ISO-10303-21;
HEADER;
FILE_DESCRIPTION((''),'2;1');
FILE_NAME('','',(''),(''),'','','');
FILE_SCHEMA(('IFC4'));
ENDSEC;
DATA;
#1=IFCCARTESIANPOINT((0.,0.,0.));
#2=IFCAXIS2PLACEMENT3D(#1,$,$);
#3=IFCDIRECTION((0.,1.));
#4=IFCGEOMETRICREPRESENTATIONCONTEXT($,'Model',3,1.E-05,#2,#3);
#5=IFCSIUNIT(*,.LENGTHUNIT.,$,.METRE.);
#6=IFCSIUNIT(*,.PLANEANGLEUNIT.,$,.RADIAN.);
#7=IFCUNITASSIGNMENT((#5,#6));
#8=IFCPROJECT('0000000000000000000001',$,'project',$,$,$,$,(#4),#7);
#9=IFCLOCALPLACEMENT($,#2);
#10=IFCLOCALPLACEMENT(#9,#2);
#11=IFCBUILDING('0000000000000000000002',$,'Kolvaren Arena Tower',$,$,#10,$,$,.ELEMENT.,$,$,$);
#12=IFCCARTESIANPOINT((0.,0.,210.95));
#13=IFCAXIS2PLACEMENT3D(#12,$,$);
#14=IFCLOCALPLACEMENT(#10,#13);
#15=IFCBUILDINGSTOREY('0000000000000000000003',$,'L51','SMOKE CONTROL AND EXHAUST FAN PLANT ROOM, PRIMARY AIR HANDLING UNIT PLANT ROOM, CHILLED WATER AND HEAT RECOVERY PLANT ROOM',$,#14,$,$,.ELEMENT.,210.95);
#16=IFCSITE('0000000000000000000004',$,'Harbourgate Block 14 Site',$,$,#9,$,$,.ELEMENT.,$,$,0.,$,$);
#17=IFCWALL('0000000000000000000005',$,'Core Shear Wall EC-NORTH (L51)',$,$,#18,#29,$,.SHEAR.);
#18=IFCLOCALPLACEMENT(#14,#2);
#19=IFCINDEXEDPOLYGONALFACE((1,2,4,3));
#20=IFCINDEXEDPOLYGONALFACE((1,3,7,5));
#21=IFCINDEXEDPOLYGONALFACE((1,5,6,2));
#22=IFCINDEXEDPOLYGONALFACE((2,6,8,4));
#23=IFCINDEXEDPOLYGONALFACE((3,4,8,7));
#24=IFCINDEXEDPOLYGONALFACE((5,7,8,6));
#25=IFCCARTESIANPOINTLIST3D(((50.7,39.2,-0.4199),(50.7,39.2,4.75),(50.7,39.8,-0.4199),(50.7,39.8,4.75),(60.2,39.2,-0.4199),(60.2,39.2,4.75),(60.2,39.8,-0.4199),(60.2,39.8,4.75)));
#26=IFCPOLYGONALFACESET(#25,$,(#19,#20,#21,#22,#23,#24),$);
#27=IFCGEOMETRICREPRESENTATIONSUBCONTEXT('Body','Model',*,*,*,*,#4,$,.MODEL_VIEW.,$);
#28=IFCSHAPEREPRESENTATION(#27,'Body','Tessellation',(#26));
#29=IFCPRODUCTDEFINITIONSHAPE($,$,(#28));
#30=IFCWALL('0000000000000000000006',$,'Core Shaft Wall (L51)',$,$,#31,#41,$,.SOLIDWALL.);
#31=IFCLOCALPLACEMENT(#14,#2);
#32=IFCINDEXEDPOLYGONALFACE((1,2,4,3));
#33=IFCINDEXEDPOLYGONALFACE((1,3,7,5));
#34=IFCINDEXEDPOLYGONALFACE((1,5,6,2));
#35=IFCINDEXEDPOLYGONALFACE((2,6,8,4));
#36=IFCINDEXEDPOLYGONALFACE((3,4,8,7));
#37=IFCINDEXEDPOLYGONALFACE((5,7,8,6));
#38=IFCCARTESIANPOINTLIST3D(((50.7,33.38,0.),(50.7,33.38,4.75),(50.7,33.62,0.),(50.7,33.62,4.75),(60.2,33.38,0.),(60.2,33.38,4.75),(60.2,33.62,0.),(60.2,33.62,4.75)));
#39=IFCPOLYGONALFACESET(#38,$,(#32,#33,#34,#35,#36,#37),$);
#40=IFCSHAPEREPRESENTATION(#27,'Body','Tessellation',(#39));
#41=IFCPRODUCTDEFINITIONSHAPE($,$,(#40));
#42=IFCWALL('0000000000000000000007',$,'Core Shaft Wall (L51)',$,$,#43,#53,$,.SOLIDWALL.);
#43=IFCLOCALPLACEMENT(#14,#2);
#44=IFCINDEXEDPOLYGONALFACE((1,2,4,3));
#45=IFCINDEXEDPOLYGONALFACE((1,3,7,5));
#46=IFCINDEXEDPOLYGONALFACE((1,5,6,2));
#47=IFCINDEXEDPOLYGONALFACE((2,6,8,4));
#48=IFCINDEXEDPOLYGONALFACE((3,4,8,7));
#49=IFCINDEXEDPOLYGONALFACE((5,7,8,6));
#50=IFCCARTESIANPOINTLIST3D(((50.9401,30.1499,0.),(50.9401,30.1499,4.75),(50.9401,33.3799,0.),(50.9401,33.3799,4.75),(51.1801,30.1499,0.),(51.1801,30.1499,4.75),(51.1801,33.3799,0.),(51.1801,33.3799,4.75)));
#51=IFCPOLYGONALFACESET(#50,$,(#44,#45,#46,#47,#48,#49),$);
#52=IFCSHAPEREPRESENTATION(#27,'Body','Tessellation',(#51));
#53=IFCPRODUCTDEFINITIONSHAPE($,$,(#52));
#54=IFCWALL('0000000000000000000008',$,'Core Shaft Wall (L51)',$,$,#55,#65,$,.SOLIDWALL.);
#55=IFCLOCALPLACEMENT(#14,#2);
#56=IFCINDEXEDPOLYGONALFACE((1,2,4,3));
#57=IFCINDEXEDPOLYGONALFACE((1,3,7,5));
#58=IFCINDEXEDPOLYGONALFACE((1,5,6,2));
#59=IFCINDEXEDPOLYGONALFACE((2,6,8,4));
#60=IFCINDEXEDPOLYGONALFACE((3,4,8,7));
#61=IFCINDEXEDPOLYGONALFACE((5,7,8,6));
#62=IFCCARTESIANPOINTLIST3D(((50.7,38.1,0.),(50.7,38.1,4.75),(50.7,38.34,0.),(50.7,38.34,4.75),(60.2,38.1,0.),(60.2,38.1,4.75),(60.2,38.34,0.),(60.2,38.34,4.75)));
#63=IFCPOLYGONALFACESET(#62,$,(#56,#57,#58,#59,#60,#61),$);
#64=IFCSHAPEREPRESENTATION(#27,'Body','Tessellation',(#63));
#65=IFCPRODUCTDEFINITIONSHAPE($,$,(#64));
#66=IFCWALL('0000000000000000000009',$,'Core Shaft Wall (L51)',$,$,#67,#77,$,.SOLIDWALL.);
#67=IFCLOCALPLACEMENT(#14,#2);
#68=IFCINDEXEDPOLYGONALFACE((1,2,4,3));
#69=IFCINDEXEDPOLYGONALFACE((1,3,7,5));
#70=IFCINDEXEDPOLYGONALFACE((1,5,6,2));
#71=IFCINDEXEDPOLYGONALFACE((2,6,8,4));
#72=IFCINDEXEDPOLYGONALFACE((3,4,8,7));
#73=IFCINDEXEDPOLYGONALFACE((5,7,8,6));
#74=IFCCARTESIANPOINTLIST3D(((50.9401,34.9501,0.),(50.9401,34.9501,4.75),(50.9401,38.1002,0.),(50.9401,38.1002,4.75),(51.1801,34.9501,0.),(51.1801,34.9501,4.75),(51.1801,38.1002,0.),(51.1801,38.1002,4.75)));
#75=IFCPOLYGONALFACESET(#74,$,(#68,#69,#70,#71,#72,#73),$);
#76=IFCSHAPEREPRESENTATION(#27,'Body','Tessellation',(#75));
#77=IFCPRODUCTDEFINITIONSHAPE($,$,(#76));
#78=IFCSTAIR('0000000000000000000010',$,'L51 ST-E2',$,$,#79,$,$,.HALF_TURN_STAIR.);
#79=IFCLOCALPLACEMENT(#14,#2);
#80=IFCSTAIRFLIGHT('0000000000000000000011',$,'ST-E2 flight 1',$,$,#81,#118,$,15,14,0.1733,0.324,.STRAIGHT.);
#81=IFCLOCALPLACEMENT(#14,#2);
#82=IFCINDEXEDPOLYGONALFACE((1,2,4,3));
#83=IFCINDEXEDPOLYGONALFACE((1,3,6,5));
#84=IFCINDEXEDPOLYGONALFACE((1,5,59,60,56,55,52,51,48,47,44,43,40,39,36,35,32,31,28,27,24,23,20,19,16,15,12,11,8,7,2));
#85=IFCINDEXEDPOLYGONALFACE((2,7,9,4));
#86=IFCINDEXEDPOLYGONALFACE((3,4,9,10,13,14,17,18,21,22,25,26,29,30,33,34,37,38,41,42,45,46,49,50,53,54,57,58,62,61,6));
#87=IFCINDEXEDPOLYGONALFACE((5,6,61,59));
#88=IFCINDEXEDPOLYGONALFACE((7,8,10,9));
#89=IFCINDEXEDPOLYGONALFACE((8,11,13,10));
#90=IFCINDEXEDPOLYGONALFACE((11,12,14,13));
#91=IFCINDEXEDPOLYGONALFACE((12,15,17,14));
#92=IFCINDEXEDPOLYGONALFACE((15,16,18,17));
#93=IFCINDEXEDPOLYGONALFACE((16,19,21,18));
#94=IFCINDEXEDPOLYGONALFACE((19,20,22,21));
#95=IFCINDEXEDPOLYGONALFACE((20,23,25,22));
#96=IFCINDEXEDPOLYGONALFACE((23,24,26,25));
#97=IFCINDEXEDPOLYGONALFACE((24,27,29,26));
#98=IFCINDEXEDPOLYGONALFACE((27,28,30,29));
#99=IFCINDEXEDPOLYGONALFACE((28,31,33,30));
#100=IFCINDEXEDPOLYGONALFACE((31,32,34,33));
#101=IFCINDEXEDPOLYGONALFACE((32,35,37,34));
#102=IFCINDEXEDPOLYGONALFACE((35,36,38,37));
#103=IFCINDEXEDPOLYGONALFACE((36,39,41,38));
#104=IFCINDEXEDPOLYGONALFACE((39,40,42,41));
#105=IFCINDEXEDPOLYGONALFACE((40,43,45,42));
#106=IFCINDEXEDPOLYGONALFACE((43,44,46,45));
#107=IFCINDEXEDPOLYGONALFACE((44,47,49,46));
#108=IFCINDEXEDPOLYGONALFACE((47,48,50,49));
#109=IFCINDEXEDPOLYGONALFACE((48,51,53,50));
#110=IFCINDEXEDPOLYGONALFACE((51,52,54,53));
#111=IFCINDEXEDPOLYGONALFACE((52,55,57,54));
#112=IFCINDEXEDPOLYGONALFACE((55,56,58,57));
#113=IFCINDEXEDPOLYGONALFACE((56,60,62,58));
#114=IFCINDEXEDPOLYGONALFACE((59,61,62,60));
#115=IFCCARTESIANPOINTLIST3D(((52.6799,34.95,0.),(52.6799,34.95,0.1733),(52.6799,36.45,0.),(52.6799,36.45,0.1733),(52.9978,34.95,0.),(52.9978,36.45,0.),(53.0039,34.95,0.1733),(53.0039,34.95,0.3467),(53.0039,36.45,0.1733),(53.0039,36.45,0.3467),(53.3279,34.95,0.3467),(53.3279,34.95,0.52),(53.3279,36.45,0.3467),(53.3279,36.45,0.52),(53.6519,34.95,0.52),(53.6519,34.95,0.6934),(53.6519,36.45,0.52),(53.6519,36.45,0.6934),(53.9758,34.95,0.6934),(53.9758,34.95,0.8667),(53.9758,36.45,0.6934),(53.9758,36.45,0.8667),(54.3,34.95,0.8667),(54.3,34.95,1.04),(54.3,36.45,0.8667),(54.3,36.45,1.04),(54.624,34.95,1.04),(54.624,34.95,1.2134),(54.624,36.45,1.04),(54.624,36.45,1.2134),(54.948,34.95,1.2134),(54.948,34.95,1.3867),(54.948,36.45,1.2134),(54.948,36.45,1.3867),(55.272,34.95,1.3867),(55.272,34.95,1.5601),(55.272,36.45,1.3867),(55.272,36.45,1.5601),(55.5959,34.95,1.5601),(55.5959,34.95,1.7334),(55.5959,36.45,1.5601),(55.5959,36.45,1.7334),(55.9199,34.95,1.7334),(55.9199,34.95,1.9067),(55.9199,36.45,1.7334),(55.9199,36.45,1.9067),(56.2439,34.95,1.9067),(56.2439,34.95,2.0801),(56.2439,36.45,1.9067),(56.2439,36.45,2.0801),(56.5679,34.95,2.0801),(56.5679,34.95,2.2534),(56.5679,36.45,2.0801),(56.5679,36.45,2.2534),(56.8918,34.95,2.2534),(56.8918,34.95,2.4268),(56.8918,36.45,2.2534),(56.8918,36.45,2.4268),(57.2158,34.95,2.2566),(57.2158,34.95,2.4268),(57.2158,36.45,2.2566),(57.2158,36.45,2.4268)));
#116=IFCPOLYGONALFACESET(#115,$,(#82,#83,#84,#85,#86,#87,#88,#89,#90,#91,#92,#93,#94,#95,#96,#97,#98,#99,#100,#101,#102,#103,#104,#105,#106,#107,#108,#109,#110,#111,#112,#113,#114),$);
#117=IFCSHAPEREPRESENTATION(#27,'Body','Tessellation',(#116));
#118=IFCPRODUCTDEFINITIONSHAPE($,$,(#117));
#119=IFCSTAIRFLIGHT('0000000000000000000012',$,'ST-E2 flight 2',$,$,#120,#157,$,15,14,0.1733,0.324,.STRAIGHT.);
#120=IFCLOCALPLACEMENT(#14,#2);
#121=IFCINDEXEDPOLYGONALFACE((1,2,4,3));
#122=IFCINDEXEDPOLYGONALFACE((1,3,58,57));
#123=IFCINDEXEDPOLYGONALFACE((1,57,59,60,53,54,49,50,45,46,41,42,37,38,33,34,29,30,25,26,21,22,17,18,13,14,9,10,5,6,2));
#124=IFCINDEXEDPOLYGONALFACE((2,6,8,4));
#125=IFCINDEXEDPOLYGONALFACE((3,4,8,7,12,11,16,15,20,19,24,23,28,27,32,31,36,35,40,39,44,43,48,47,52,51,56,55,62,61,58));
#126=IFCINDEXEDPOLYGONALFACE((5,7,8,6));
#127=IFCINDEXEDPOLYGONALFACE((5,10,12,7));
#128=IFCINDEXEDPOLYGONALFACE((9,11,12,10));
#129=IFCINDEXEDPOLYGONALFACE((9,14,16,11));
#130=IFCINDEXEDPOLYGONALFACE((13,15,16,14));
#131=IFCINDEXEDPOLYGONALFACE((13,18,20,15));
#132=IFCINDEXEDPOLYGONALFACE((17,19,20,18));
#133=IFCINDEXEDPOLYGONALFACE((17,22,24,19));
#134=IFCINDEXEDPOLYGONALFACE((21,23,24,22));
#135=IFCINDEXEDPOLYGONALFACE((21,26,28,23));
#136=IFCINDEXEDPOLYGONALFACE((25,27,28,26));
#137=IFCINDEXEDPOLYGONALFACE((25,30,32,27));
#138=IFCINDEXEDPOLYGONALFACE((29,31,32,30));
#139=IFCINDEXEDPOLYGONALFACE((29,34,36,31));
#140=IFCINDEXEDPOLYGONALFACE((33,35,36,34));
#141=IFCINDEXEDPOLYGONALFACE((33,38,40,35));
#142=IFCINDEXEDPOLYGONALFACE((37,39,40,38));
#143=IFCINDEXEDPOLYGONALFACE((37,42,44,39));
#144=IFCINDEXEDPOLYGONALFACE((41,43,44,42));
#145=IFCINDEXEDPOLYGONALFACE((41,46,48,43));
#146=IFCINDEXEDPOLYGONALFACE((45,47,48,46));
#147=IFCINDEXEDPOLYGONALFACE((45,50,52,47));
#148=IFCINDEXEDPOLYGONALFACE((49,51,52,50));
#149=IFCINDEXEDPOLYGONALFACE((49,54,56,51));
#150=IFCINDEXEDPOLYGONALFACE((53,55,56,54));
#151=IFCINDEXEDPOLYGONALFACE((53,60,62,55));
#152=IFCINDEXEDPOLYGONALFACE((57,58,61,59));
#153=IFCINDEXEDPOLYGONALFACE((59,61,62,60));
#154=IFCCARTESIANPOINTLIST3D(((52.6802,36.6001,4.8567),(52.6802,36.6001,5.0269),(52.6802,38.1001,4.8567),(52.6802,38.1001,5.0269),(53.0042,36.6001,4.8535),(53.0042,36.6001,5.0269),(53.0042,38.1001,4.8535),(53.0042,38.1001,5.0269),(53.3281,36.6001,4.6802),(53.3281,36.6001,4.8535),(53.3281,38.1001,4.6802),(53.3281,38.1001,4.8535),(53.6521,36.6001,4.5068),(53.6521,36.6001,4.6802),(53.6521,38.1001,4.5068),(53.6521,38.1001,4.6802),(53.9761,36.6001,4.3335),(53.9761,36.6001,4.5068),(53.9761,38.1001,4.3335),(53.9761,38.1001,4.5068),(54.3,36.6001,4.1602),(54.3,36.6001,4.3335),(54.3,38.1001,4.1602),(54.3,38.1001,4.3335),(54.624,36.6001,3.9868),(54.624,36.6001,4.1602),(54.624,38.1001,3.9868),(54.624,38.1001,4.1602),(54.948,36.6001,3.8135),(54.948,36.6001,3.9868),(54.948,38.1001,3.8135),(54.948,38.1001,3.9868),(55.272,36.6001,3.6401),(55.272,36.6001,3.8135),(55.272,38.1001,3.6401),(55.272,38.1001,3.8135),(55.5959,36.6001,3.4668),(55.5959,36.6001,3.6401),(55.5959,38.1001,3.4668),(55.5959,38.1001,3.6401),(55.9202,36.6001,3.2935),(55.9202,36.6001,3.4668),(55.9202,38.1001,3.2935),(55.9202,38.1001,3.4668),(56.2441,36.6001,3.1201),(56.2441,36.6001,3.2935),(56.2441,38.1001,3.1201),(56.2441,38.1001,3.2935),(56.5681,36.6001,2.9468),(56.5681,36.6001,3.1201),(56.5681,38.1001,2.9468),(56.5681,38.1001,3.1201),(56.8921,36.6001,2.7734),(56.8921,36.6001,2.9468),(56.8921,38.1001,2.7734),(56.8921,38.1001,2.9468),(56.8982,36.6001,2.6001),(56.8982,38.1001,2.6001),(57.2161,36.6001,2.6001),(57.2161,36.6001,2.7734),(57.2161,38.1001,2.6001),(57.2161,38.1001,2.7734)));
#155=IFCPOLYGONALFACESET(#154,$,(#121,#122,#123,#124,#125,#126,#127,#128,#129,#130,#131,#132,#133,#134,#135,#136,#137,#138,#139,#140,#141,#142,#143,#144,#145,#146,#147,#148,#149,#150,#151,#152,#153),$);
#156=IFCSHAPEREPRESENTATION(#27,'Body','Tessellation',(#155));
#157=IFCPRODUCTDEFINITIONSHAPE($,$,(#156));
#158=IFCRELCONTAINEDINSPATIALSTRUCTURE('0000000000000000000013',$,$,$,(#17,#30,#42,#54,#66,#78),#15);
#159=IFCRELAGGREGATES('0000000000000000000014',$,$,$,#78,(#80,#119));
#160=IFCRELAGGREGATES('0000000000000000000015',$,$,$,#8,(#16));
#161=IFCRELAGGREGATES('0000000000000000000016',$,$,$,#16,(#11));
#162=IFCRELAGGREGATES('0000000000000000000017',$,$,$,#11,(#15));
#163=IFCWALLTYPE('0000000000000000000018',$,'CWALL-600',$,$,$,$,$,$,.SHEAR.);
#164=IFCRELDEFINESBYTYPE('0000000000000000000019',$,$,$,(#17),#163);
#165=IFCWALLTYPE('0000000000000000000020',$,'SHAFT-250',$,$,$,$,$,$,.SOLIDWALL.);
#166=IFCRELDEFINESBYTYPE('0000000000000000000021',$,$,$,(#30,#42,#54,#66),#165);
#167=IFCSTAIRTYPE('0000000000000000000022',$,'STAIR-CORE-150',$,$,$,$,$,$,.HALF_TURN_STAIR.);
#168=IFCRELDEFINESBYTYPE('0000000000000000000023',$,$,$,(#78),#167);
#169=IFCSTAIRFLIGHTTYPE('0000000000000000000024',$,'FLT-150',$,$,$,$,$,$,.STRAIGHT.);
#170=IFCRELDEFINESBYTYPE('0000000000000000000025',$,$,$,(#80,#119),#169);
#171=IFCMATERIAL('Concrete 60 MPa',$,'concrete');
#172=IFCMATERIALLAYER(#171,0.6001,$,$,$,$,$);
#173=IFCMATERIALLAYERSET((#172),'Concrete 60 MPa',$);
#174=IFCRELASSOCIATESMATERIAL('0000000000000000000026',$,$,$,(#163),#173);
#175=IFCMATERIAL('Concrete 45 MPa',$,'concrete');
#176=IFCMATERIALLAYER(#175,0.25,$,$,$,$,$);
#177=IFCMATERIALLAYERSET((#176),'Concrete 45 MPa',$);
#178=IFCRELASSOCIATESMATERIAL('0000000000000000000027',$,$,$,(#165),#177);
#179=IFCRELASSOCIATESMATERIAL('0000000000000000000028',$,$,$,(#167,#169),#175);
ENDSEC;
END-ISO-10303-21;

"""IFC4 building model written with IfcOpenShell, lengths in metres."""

from ifc_helpers import new_model, si_unit, direction, frame, frame_2d, origin, place, context, subcontext, project, spatial, polyline, rectangle, outline, extrude, material, layer, layer_set, type_object, element, aggregate, save


model = new_model("IFC4")

# Units and contexts
model_context = context("Model", 3, precision=1e-05, world=origin(), true_north=direction((0.0, 1.0)))
body_context = subcontext(model_context, "Body", "Model", "MODEL_VIEW")
ifc_project = project(units=[si_unit("LENGTHUNIT", "METRE"), si_unit("PLANEANGLEUNIT", "RADIAN")], contexts=[model_context])

# Site, building, storey
site_placement = place(None, origin())
site = spatial("IfcSite", under=ifc_project, at=site_placement, Name="Harbourgate Block 14 Site", CompositionType="ELEMENT", RefElevation=0.0)
building_placement = place(site_placement, origin())
building = spatial("IfcBuilding", under=site, at=building_placement, Name="Kolvaren Arena Tower", CompositionType="ELEMENT")
storey_placement = place(building_placement, frame((0.0, 0.0, 210.95)))
storey = spatial("IfcBuildingStorey", under=building, at=storey_placement, Name="L51", Description="SMOKE CONTROL AND EXHAUST FAN PLANT ROOM, PRIMARY AIR HANDLING UNIT PLANT ROOM, CHILLED WATER AND HEAT RECOVERY PLANT ROOM", CompositionType="ELEMENT", Elevation=210.95)

# Shared definitions
ifc_material_1 = material(Name="Concrete 60 MPa", Category="concrete")

# Walls
ifc_layer_1 = layer(ifc_material_1, 0.6001)
ifc_layer_set_1 = layer_set([ifc_layer_1], Name="Concrete 60 MPa")
wall_type_1 = type_object("IfcWallType", Name="CWALL-600", PredefinedType="SHEAR", material=ifc_layer_set_1)
wall_1_placement = place(storey_placement, frame((50.7, 39.5, -0.4199), z_axis=(0.0, 0.0, 1.0), x_axis=(1.0, 0.0, 0.0)))
element("IfcWall", 1, at=wall_1_placement, inside=storey, type_object=wall_type_1, Name="Core Shear Wall EC-NORTH (L51)", PredefinedType="SHEAR", context=body_context, shape_type="SweptSolid", body=[
    extrude(rectangle(XDim=9.5, YDim=0.6001, at=frame_2d((4.75, 0.0))), origin(), (0.0, 0.0, 1.0), 5.1699),
])
ifc_material_2 = material(Name="Concrete 45 MPa", Category="concrete")
ifc_layer_2 = layer(ifc_material_2, 0.25)
ifc_layer_set_2 = layer_set([ifc_layer_2], Name="Concrete 45 MPa")
wall_type_2 = type_object("IfcWallType", Name="SHAFT-250", PredefinedType="SOLIDWALL", material=ifc_layer_set_2)
wall_2_placement = place(storey_placement, frame((50.7, 33.5, 0.0), z_axis=(0.0, 0.0, 1.0), x_axis=(1.0, 0.0, 0.0)))
element("IfcWall", 2, at=wall_2_placement, inside=storey, type_object=wall_type_2, Name="Core Shaft Wall (L51)", PredefinedType="SOLIDWALL", context=body_context, shape_type="SweptSolid", body=[
    extrude(rectangle(XDim=9.5, YDim=0.24, at=frame_2d((4.75, 0.0))), origin(), (0.0, 0.0, 1.0), 4.75),
])
wall_3_placement = place(storey_placement, frame((51.0601, 30.1499, 0.0), z_axis=(0.0, 0.0, 1.0), x_axis=(0.0, 1.0, 0.0)))
element("IfcWall", 3, at=wall_3_placement, inside=storey, type_object=wall_type_2, Name="Core Shaft Wall (L51)", PredefinedType="SOLIDWALL", context=body_context, shape_type="SweptSolid", body=[
    extrude(rectangle(XDim=3.23, YDim=0.24, at=frame_2d((1.615, 0.0))), origin(), (0.0, 0.0, 1.0), 4.75),
])
wall_4_placement = place(storey_placement, frame((50.7, 38.22, 0.0), z_axis=(0.0, 0.0, 1.0), x_axis=(1.0, 0.0, 0.0)))
element("IfcWall", 4, at=wall_4_placement, inside=storey, type_object=wall_type_2, Name="Core Shaft Wall (L51)", PredefinedType="SOLIDWALL", context=body_context, shape_type="SweptSolid", body=[
    extrude(rectangle(XDim=9.5, YDim=0.24, at=frame_2d((4.75, 0.0))), origin(), (0.0, 0.0, 1.0), 4.75),
])
wall_5_placement = place(storey_placement, frame((51.0601, 34.95, 0.0), z_axis=(0.0, 0.0, 1.0), x_axis=(0.0, 1.0, 0.0)))
element("IfcWall", 5, at=wall_5_placement, inside=storey, type_object=wall_type_2, Name="Core Shaft Wall (L51)", PredefinedType="SOLIDWALL", context=body_context, shape_type="SweptSolid", body=[
    extrude(rectangle(XDim=3.1501, YDim=0.24, at=frame_2d((1.5752, 0.0))), origin(), (0.0, 0.0, 1.0), 4.75),
])

# Stair, stair flights
stair_type_1 = type_object("IfcStairType", Name="STAIR-CORE-150", PredefinedType="HALF_TURN_STAIR", material=ifc_material_2)
stair_1_placement = place(storey_placement, origin())
stair_1 = element("IfcStair", 6, at=stair_1_placement, inside=storey, type_object=stair_type_1, Name="L51 ST-E2", PredefinedType="HALF_TURN_STAIR")
stair_flight_type_1 = type_object("IfcStairFlightType", Name="FLT-150", PredefinedType="STRAIGHT", material=ifc_material_2)
stair_flight_1_placement = place(storey_placement, frame((52.6799, 35.7, 0.0), z_axis=(0.0, 0.0, 1.0), x_axis=(1.0, 0.0, 0.0)))
stair_flight_1 = element("IfcStairFlight", 7, at=stair_flight_1_placement, type_object=stair_flight_type_1, Name="ST-E2 flight 1", NumberOfRisers=15, NumberOfTreads=14, PredefinedType="STRAIGHT", RiserHeight=0.1733, TreadLength=0.324, context=body_context, shape_type="SweptSolid", body=[
    extrude(outline(polyline([(0.0, 0.0), (0.0, 0.1733), (0.324, 0.1733), (0.324, 0.3467), (0.6479, 0.3467), (0.6479, 0.52), (0.9719, 0.52), (0.9719, 0.6934), (1.2959, 0.6934), (1.2959, 0.8667), (1.6201, 0.8667), (1.6201, 1.04), (1.9441, 1.04), (1.9441, 1.2134), (2.2681, 1.2134), (2.2681, 1.3867), (2.592, 1.3867), (2.592, 1.5601), (2.916, 1.5601), (2.916, 1.7334), (3.24, 1.7334), (3.24, 1.9067), (3.564, 1.9067), (3.564, 2.0801), (3.8879, 2.0801), (3.8879, 2.2534), (4.2119, 2.2534), (4.2119, 2.4268), (4.5359, 2.4268), (4.5359, 2.6001), (4.5359, 2.2566), (0.3179, 0.0), (0.0, 0.0)])), frame((0.0, 0.75, 0.0), z_axis=(0.0, -1.0, 0.0), x_axis=(1.0, 0.0, 0.0)), (0.0, 0.0, 1.0), 1.5),
])
stair_flight_2_placement = place(storey_placement, frame((57.2161, 37.3501, 2.6001), z_axis=(0.0, 0.0, 1.0), x_axis=(-1.0, 0.0, 0.0)))
stair_flight_2 = element("IfcStairFlight", 8, at=stair_flight_2_placement, type_object=stair_flight_type_1, Name="ST-E2 flight 2", NumberOfRisers=15, NumberOfTreads=14, PredefinedType="STRAIGHT", RiserHeight=0.1733, TreadLength=0.324, context=body_context, shape_type="SweptSolid", body=[
    extrude(outline(polyline([(0.0, 0.0), (0.0, 0.1733), (0.324, 0.1733), (0.324, 0.3467), (0.6479, 0.3467), (0.6479, 0.52), (0.9719, 0.52), (0.9719, 0.6934), (1.2959, 0.6934), (1.2959, 0.8667), (1.6201, 0.8667), (1.6201, 1.04), (1.9441, 1.04), (1.9441, 1.2134), (2.2681, 1.2134), (2.2681, 1.3867), (2.592, 1.3867), (2.592, 1.5601), (2.916, 1.5601), (2.916, 1.7334), (3.24, 1.7334), (3.24, 1.9067), (3.564, 1.9067), (3.564, 2.0801), (3.8879, 2.0801), (3.8879, 2.2534), (4.2119, 2.2534), (4.2119, 2.4268), (4.5359, 2.4268), (4.5359, 2.6001), (4.5359, 2.2566), (0.3179, 0.0), (0.0, 0.0)])), frame((0.0, 0.75, 0.0), z_axis=(0.0, -1.0, 0.0), x_axis=(1.0, 0.0, 0.0)), (0.0, 0.0, 1.0), 1.5),
])
aggregate(stair_1, [stair_flight_1, stair_flight_2])

save(model, "model.ifc")
